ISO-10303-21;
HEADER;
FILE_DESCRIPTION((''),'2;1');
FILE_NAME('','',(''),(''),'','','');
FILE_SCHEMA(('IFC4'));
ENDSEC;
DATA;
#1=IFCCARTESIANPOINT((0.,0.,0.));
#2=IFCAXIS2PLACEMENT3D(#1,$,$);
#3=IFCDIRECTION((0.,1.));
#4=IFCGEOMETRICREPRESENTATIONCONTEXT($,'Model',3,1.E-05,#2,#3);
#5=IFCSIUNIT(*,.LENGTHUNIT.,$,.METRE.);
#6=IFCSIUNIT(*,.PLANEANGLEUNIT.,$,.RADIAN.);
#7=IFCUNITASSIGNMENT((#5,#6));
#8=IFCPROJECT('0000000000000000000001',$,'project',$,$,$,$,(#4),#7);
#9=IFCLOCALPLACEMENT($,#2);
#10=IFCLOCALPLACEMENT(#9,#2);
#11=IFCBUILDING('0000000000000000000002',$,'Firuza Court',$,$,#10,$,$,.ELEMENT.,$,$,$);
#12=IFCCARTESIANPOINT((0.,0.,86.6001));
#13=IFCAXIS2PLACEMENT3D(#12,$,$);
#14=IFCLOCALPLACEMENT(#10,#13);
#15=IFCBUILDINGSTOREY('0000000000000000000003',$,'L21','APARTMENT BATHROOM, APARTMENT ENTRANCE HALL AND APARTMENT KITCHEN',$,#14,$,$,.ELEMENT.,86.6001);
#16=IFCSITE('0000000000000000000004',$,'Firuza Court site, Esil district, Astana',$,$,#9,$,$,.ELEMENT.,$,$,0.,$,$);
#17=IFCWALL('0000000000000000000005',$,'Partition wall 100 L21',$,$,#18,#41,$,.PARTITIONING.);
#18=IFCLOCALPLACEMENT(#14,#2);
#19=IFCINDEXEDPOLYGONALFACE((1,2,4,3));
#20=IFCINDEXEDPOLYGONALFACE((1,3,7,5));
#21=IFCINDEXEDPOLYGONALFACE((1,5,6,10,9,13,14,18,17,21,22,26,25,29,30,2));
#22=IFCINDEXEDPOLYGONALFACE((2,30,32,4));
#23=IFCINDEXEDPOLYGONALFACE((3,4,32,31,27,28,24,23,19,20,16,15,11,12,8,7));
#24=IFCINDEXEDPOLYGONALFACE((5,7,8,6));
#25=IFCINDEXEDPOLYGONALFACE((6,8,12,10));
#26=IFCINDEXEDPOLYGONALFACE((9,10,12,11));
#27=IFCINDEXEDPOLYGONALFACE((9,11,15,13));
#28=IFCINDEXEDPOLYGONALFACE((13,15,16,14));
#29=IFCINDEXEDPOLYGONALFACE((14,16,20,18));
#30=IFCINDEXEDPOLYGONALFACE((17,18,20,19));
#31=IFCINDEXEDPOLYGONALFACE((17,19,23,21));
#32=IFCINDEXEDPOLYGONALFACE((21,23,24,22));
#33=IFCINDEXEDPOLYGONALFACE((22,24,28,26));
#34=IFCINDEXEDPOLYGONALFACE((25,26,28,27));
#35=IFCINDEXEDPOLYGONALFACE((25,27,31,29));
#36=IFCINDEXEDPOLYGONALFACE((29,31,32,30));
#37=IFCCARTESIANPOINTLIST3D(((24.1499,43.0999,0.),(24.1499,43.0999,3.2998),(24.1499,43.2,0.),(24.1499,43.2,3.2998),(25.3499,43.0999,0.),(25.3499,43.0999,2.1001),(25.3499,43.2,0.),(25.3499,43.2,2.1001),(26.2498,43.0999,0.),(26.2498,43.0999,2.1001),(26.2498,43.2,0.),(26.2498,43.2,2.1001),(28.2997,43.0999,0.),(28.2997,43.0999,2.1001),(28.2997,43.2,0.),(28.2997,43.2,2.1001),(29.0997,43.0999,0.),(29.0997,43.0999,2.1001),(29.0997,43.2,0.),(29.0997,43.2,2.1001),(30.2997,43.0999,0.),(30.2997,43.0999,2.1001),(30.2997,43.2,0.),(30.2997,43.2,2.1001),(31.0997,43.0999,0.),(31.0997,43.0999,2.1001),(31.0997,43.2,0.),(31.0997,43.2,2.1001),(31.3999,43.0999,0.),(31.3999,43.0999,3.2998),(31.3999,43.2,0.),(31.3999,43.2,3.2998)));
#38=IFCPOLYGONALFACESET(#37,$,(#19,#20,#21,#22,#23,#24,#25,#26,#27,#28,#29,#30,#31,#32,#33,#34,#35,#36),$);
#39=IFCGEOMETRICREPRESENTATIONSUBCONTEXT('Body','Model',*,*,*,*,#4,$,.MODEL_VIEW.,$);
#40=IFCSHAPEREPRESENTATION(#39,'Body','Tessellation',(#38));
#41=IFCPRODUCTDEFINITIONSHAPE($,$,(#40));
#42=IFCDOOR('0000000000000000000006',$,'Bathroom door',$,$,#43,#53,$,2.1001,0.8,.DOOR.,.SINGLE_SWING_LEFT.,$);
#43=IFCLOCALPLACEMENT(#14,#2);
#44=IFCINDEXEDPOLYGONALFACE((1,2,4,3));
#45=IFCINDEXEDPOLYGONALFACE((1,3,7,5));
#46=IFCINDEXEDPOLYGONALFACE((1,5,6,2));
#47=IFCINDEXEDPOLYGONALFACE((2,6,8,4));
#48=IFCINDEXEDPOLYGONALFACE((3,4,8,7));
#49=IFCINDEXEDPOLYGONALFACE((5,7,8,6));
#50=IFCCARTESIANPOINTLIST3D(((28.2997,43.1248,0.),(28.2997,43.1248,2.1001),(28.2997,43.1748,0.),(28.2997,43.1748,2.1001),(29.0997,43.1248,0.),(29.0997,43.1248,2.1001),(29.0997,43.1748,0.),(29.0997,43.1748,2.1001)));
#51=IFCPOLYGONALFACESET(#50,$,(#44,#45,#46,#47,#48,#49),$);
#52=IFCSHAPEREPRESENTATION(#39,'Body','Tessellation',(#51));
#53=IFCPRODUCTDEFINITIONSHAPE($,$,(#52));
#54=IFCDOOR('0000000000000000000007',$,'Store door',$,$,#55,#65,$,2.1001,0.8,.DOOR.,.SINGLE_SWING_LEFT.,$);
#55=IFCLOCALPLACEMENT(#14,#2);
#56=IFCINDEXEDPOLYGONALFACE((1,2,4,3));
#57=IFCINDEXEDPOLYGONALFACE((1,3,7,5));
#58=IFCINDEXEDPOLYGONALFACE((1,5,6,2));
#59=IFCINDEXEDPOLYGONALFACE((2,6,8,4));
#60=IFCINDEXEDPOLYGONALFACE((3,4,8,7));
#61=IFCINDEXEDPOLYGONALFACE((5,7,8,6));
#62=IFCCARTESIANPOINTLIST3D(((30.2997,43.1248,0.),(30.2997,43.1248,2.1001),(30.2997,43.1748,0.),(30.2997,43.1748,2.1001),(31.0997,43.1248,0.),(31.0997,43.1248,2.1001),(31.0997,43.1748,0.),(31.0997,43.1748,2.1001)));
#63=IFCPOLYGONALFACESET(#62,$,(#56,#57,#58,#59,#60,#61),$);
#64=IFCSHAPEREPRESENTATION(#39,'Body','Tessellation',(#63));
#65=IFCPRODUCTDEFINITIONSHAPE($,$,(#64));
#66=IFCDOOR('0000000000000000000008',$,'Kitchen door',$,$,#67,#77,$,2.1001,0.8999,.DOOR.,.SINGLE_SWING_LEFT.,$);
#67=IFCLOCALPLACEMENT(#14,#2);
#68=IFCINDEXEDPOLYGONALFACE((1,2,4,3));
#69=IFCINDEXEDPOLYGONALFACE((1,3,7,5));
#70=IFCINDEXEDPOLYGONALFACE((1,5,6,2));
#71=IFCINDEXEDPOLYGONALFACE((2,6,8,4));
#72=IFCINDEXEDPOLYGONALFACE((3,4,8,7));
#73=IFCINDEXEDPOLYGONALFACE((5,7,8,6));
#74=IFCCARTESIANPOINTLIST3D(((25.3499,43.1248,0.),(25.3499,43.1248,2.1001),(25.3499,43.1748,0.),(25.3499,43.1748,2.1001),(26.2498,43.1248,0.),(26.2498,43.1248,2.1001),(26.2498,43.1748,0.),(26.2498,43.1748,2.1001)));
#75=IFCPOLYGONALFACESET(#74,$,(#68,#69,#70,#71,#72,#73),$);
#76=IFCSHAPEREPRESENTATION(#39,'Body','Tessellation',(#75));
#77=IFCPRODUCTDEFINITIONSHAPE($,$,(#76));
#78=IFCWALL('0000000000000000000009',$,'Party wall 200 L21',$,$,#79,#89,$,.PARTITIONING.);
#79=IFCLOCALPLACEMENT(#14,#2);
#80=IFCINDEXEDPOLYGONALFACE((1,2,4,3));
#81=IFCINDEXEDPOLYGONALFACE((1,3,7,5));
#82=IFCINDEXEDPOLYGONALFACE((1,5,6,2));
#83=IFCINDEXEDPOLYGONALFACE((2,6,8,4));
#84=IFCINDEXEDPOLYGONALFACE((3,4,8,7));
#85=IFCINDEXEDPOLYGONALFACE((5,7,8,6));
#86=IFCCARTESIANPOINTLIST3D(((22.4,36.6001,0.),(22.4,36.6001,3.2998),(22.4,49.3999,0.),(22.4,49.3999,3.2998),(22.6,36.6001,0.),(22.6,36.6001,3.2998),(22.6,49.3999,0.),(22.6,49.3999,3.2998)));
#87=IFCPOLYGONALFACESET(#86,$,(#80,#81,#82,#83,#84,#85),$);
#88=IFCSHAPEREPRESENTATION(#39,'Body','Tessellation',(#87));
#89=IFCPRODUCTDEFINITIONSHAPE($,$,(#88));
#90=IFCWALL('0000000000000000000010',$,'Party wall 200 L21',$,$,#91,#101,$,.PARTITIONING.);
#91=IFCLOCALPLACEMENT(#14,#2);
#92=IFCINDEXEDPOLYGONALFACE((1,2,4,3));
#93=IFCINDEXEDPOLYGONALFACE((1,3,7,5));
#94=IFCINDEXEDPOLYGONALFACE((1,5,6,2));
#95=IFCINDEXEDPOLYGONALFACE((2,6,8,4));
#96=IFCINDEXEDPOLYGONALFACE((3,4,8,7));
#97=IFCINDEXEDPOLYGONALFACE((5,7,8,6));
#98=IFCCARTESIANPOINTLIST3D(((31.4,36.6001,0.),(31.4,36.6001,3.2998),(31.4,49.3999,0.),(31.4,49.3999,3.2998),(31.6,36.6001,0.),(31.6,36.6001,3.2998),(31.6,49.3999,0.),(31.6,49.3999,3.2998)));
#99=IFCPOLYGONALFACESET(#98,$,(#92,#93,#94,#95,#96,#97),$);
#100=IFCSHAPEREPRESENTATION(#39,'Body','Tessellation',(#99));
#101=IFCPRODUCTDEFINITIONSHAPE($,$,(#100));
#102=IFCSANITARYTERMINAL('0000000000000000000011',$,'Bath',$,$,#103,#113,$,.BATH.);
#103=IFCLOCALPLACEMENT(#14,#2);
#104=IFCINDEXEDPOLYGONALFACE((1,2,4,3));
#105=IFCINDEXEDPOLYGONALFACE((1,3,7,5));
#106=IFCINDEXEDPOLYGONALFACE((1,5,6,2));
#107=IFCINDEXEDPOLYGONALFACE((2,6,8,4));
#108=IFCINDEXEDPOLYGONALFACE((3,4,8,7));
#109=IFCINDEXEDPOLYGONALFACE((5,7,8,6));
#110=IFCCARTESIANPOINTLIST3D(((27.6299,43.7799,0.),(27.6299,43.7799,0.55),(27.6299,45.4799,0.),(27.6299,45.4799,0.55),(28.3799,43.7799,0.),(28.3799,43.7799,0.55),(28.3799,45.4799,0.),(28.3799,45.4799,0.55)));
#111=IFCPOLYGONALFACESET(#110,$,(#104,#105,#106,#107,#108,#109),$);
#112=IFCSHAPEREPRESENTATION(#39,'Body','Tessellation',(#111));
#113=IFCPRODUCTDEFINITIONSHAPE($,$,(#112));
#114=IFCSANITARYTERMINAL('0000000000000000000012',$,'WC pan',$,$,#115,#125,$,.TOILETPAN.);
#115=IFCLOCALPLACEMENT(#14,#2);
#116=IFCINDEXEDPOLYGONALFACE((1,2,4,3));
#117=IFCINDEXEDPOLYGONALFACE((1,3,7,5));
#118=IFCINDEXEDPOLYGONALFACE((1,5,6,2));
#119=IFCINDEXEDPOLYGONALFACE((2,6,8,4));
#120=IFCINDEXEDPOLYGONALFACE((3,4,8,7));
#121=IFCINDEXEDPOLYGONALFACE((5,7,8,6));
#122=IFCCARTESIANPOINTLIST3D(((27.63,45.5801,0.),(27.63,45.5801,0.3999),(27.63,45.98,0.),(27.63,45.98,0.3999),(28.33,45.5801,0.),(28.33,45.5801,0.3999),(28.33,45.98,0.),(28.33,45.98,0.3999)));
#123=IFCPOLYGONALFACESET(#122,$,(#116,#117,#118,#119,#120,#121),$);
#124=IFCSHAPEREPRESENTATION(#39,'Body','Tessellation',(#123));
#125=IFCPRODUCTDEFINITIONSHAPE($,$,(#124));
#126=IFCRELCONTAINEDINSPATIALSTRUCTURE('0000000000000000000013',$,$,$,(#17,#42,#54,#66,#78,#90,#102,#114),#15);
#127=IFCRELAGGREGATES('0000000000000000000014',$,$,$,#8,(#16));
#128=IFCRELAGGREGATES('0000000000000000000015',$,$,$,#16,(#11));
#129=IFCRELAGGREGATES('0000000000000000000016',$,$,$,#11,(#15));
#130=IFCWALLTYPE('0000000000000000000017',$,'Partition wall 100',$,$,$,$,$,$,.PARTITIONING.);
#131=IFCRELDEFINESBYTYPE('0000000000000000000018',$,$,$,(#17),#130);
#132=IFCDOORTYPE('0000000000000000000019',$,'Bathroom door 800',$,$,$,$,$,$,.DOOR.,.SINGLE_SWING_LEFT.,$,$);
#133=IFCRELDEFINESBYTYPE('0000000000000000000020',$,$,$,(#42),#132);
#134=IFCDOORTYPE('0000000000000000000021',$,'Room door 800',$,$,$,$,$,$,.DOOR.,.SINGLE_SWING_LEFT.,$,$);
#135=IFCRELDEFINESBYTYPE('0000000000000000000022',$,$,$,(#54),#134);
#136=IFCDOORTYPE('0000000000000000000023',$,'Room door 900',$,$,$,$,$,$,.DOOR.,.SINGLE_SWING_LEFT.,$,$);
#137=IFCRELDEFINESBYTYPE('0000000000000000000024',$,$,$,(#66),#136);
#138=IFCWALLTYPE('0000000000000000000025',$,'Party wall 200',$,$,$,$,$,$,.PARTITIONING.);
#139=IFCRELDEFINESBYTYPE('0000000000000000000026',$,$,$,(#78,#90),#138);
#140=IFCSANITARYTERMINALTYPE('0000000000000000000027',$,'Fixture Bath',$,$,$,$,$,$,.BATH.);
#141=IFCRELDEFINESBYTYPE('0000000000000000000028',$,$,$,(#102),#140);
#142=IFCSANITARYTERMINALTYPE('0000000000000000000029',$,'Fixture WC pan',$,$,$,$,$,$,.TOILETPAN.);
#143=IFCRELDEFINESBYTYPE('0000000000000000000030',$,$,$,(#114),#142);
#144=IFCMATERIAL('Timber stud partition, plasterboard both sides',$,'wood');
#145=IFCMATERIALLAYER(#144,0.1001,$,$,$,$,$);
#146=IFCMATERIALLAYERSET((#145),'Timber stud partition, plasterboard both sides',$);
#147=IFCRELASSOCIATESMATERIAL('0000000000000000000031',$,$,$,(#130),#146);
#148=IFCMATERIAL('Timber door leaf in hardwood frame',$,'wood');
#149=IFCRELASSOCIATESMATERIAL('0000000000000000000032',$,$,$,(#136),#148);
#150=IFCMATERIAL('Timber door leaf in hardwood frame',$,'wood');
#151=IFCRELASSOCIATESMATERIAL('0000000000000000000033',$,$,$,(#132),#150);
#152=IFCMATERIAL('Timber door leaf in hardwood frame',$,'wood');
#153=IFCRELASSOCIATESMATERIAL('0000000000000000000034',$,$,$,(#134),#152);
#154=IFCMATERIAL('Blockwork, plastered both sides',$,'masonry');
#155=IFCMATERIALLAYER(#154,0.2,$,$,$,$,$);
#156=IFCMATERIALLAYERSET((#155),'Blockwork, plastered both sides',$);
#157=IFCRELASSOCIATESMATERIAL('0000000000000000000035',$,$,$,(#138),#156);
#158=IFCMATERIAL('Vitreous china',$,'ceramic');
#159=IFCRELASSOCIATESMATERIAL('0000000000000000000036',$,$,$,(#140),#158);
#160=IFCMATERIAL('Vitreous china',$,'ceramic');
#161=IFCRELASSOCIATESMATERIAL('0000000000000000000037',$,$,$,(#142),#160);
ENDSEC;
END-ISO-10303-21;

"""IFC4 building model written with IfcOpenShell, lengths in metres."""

from ifc_helpers import new_model, si_unit, direction, frame, frame_2d, origin, origin_2d, place, context, subcontext, project, spatial, rectangle, extrude, material, layer, layer_set, type_object, element, fill, save


model = new_model("IFC4")

# Units and contexts
model_context = context("Model", 3, precision=1e-05, world=origin(), true_north=direction((0.0, 1.0)))
body_context = subcontext(model_context, "Body", "Model", "MODEL_VIEW")
ifc_project = project(units=[si_unit("LENGTHUNIT", "METRE"), si_unit("PLANEANGLEUNIT", "RADIAN")], contexts=[model_context])

# Site, building, storey
site_placement = place(None, origin())
site = spatial("IfcSite", under=ifc_project, at=site_placement, Name="Firuza Court site, Esil district, Astana", CompositionType="ELEMENT", RefElevation=0.0)
building_placement = place(site_placement, origin())
building = spatial("IfcBuilding", under=site, at=building_placement, Name="Firuza Court", CompositionType="ELEMENT")
storey_placement = place(building_placement, frame((0.0, 0.0, 86.6001)))
storey = spatial("IfcBuildingStorey", under=building, at=storey_placement, Name="L21", Description="APARTMENT BATHROOM, APARTMENT ENTRANCE HALL AND APARTMENT KITCHEN", CompositionType="ELEMENT", Elevation=86.6001)

# Shared definitions
ifc_material_1 = material(Name="Timber stud partition, plasterboard both sides", Category="wood")
ifc_layer_1 = layer(ifc_material_1, 0.1001)
ifc_layer_set_1 = layer_set([ifc_layer_1], Name="Timber stud partition, plasterboard both sides")
wall_type_1 = type_object("IfcWallType", Name="Partition wall 100", PredefinedType="PARTITIONING", material=ifc_layer_set_1)

# Shared definitions
ifc_material_2 = material(Name="Timber door leaf in hardwood frame", Category="wood")
door_type_1 = type_object("IfcDoorType", Name="Room door 900", OperationType="SINGLE_SWING_LEFT", PredefinedType="DOOR", material=ifc_material_2)

# Wall, openings, doors
wall_1_placement = place(storey_placement, frame((24.1499, 43.1499, 0.0), z_axis=(0.0, 0.0, 1.0), x_axis=(1.0, 0.0, 0.0)))
wall_1 = element("IfcWall", 1, at=wall_1_placement, inside=storey, type_object=wall_type_1, Name="Partition wall 100 L21", PredefinedType="PARTITIONING", context=body_context, shape_type="SweptSolid", body=[
    extrude(rectangle(XDim=7.25, YDim=0.1001, at=frame_2d((3.625, 0.0))), origin(), (0.0, 0.0, 1.0), 3.2998),
])
opening_1_placement = place(wall_1_placement, frame((4.1499, 0.0, 0.0)))
opening_1 = element("IfcOpeningElement", 2, at=opening_1_placement, cuts=wall_1, PredefinedType="OPENING", context=body_context, shape_type="SweptSolid", body=[
    extrude(rectangle(XDim=0.8, YDim=2.1001, at=frame_2d((0.3999, 1.05))), frame((0.0, 0.062, 0.0), z_axis=(0.0, -1.0, 0.0), x_axis=(1.0, 0.0, 0.0)), (0.0, 0.0, 1.0), 0.124),
])
opening_2_placement = place(wall_1_placement, frame((1.2, 0.0, 0.0)))
opening_2 = element("IfcOpeningElement", 3, at=opening_2_placement, cuts=wall_1, PredefinedType="OPENING", context=body_context, shape_type="SweptSolid", body=[
    extrude(rectangle(XDim=0.8999, YDim=2.1001, at=frame_2d((0.45, 1.05))), frame((0.0, 0.062, 0.0), z_axis=(0.0, -1.0, 0.0), x_axis=(1.0, 0.0, 0.0)), (0.0, 0.0, 1.0), 0.124),
])
opening_3_placement = place(wall_1_placement, frame((6.1499, 0.0, 0.0)))
opening_3 = element("IfcOpeningElement", 4, at=opening_3_placement, cuts=wall_1, PredefinedType="OPENING", context=body_context, shape_type="SweptSolid", body=[
    extrude(rectangle(XDim=0.8, YDim=2.1001, at=frame_2d((0.3999, 1.05))), frame((0.0, 0.062, 0.0), z_axis=(0.0, -1.0, 0.0), x_axis=(1.0, 0.0, 0.0)), (0.0, 0.0, 1.0), 0.124),
])
ifc_material_3 = material(Name="Timber door leaf in hardwood frame", Category="wood")
door_type_2 = type_object("IfcDoorType", Name="Bathroom door 800", OperationType="SINGLE_SWING_LEFT", PredefinedType="DOOR", material=ifc_material_3)
door_1_placement = place(opening_1_placement, origin())
door_1 = element("IfcDoor", 5, at=door_1_placement, inside=storey, type_object=door_type_2, Name="Bathroom door", OperationType="SINGLE_SWING_LEFT", OverallHeight=2.1001, OverallWidth=0.8, PredefinedType="DOOR", context=body_context, shape_type="SweptSolid", body=[
    extrude(rectangle(XDim=0.8, YDim=2.1001, at=frame_2d((0.3999, 1.05))), frame((0.0, 0.0249, 0.0), z_axis=(0.0, -1.0, 0.0), x_axis=(1.0, 0.0, 0.0)), (0.0, 0.0, 1.0), 0.05),
])
fill(opening_1, door_1)
ifc_material_4 = material(Name="Timber door leaf in hardwood frame", Category="wood")
door_type_3 = type_object("IfcDoorType", Name="Room door 800", OperationType="SINGLE_SWING_LEFT", PredefinedType="DOOR", material=ifc_material_4)
door_2_placement = place(opening_3_placement, origin())
door_2 = element("IfcDoor", 6, at=door_2_placement, inside=storey, type_object=door_type_3, Name="Store door", OperationType="SINGLE_SWING_LEFT", OverallHeight=2.1001, OverallWidth=0.8, PredefinedType="DOOR", context=body_context, shape_type="SweptSolid", body=[
    extrude(rectangle(XDim=0.8, YDim=2.1001, at=frame_2d((0.3999, 1.05))), frame((0.0, 0.0249, 0.0), z_axis=(0.0, -1.0, 0.0), x_axis=(1.0, 0.0, 0.0)), (0.0, 0.0, 1.0), 0.05),
])
fill(opening_3, door_2)
door_3_placement = place(opening_2_placement, origin())
door_3 = element("IfcDoor", 7, at=door_3_placement, inside=storey, type_object=door_type_1, Name="Kitchen door", OperationType="SINGLE_SWING_LEFT", OverallHeight=2.1001, OverallWidth=0.8999, PredefinedType="DOOR", context=body_context, shape_type="SweptSolid", body=[
    extrude(rectangle(XDim=0.8999, YDim=2.1001, at=frame_2d((0.45, 1.05))), frame((0.0, 0.0249, 0.0), z_axis=(0.0, -1.0, 0.0), x_axis=(1.0, 0.0, 0.0)), (0.0, 0.0, 1.0), 0.05),
])
fill(opening_2, door_3)

# Walls
ifc_material_5 = material(Name="Blockwork, plastered both sides", Category="masonry")
ifc_layer_2 = layer(ifc_material_5, 0.2)
ifc_layer_set_2 = layer_set([ifc_layer_2], Name="Blockwork, plastered both sides")
wall_type_2 = type_object("IfcWallType", Name="Party wall 200", PredefinedType="PARTITIONING", material=ifc_layer_set_2)
for number, where, z_axis, x_axis, name in (
    (8, (22.5, 36.6001, 0.0), (0.0, 0.0, 1.0), (0.0, 1.0, 0.0), "Party wall 200 L21"),
    (9, (31.5, 36.6001, 0.0), (0.0, 0.0, 1.0), (0.0, 1.0, 0.0), "Party wall 200 L21"),
):
    element("IfcWall", number, at=place(storey_placement, frame(where, z_axis=z_axis, x_axis=x_axis)), inside=storey, type_object=wall_type_2, Name=name, PredefinedType="PARTITIONING", context=body_context, shape_type="SweptSolid", body=[
        extrude(rectangle(XDim=12.7998, YDim=0.2, at=frame_2d((6.3999, 0.0))), origin(), (0.0, 0.0, 1.0), 3.2998),
    ])

# Sanitary terminals
ifc_material_6 = material(Name="Vitreous china", Category="ceramic")
sanitary_terminal_type_1 = type_object("IfcSanitaryTerminalType", Name="Fixture Bath", PredefinedType="BATH", material=ifc_material_6)
sanitary_terminal_1_placement = place(storey_placement, frame((28.0049, 44.6299, 0.0), z_axis=(0.0, 0.0, 1.0), x_axis=(1.0, 0.0, 0.0)))
element("IfcSanitaryTerminal", 10, at=sanitary_terminal_1_placement, inside=storey, type_object=sanitary_terminal_type_1, Name="Bath", PredefinedType="BATH", context=body_context, shape_type="SweptSolid", body=[
    extrude(rectangle(XDim=0.75, YDim=1.7, at=origin_2d()), origin(), (0.0, 0.0, 1.0), 0.55),
])
ifc_material_7 = material(Name="Vitreous china", Category="ceramic")
sanitary_terminal_type_2 = type_object("IfcSanitaryTerminalType", Name="Fixture WC pan", PredefinedType="TOILETPAN", material=ifc_material_7)
sanitary_terminal_2_placement = place(storey_placement, frame((27.98, 45.78, 0.0), z_axis=(0.0, 0.0, 1.0), x_axis=(1.0, 0.0, 0.0)))
element("IfcSanitaryTerminal", 11, at=sanitary_terminal_2_placement, inside=storey, type_object=sanitary_terminal_type_2, Name="WC pan", PredefinedType="TOILETPAN", context=body_context, shape_type="SweptSolid", body=[
    extrude(rectangle(XDim=0.7, YDim=0.3999, at=origin_2d()), origin(), (0.0, 0.0, 1.0), 0.3999),
])

save(model, "model.ifc")
